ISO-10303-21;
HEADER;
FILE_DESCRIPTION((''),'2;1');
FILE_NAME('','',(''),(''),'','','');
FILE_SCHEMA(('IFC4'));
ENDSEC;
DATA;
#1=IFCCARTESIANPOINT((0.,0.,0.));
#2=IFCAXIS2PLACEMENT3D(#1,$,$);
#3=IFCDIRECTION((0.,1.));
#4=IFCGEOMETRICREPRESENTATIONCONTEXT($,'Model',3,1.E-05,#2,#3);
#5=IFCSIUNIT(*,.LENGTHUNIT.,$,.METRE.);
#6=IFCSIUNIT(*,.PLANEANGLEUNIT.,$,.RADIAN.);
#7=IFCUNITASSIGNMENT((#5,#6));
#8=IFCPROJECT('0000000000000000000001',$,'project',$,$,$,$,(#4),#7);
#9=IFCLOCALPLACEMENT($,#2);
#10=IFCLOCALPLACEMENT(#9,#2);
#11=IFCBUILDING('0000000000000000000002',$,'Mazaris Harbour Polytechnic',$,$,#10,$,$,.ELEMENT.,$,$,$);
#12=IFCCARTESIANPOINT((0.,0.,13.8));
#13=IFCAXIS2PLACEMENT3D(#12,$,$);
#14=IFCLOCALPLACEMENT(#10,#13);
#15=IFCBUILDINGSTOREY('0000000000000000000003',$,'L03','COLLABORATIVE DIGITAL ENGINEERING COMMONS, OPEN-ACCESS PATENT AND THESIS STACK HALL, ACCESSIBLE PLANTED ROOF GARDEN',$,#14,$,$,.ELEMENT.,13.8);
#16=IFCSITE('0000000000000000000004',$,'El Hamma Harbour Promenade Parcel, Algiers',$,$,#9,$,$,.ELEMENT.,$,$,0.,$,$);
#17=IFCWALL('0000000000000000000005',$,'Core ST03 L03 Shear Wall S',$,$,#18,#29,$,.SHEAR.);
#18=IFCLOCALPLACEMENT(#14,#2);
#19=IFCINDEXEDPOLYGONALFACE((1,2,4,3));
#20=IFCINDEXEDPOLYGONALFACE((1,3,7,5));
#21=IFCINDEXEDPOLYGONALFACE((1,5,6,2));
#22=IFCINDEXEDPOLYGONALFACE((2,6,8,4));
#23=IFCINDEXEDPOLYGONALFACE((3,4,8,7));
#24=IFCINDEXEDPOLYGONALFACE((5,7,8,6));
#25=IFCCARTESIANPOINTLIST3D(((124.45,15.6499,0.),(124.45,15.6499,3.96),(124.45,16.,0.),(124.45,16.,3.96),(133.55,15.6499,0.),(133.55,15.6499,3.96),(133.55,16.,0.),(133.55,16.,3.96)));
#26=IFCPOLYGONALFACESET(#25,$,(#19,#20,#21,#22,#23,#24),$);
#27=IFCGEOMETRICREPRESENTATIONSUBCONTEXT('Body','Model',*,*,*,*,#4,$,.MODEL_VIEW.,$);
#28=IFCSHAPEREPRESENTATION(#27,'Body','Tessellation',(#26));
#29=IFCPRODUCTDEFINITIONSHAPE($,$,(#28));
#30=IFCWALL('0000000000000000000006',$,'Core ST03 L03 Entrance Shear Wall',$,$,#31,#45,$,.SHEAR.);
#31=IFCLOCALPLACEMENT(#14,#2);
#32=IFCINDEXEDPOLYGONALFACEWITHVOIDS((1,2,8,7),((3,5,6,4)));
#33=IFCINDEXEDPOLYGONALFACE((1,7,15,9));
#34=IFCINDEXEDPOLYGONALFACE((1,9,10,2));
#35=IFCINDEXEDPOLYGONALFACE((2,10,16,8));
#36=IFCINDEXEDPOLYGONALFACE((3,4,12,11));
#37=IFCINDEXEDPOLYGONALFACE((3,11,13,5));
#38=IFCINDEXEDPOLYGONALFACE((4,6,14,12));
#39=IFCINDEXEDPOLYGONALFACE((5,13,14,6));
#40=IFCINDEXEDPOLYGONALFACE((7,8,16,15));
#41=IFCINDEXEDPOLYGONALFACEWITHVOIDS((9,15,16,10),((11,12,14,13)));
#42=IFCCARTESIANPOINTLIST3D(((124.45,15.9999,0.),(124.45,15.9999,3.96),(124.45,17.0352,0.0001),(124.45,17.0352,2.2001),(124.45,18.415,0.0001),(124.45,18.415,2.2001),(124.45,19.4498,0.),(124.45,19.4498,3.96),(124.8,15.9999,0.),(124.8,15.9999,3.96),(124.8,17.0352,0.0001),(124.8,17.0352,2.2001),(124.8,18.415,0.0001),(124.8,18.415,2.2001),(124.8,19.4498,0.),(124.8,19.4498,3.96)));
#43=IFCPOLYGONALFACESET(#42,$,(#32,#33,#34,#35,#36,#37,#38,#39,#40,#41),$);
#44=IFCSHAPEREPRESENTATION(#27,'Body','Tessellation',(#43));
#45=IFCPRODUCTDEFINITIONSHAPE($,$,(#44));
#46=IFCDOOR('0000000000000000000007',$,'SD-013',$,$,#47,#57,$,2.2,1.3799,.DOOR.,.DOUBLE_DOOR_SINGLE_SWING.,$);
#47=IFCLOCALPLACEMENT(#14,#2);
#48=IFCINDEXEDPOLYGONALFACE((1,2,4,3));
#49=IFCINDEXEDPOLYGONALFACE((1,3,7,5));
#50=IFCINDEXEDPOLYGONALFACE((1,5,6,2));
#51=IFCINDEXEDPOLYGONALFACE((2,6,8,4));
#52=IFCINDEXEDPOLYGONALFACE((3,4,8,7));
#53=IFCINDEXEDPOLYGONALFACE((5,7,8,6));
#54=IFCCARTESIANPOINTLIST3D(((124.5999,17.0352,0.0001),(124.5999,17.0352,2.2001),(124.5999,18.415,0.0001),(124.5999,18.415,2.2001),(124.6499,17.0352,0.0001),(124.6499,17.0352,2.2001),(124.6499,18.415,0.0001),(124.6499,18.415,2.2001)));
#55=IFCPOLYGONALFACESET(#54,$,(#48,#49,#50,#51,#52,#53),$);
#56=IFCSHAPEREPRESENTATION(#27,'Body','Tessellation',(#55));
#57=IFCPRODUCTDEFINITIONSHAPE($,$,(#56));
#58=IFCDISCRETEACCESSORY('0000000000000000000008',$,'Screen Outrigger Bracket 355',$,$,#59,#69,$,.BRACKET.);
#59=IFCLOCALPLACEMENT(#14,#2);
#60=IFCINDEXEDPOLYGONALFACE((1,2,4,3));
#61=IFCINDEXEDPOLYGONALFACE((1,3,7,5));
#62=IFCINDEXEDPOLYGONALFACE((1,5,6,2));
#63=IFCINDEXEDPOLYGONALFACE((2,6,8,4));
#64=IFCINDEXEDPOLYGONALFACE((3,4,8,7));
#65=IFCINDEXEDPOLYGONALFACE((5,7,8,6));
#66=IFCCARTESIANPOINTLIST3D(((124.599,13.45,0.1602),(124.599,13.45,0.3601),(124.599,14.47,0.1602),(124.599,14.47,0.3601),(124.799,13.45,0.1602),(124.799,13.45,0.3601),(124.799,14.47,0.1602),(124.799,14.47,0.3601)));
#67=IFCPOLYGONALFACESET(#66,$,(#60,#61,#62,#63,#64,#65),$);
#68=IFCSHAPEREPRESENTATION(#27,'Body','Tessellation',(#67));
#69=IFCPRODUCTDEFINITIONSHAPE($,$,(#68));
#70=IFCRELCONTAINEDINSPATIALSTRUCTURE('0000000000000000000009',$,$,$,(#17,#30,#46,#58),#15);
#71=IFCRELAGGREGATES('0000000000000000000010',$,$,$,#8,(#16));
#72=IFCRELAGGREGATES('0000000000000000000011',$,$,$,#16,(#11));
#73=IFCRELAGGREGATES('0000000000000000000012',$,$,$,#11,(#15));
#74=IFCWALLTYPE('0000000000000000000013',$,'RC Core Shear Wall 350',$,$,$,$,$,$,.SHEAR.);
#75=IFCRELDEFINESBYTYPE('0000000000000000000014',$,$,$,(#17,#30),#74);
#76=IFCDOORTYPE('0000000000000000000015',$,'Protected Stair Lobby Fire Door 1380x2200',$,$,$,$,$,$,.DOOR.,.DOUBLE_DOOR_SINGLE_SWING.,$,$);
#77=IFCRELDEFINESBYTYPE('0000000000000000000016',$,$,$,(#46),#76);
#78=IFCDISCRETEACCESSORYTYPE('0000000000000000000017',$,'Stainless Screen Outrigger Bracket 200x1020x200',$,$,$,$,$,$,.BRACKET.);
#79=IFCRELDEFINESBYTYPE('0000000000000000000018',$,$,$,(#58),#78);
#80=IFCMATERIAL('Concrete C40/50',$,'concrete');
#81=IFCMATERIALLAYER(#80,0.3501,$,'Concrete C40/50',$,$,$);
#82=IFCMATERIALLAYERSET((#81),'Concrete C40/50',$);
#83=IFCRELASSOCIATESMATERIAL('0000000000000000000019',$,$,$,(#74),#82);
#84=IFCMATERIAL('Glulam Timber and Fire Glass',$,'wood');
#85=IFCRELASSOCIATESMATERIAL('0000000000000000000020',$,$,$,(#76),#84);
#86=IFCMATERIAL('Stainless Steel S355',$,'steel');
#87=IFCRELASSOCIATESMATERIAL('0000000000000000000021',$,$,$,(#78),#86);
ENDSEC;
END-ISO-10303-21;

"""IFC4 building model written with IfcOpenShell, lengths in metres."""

from ifc_helpers import new_model, si_unit, direction, frame, frame_2d, origin, origin_2d, place, context, subcontext, project, spatial, rectangle, extrude, material, layer, layer_set, type_object, element, fill, save


model = new_model("IFC4")

# Units and contexts
model_context = context("Model", 3, precision=1e-05, world=origin(), true_north=direction((0.0, 1.0)))
body_context = subcontext(model_context, "Body", "Model", "MODEL_VIEW")
ifc_project = project(units=[si_unit("LENGTHUNIT", "METRE"), si_unit("PLANEANGLEUNIT", "RADIAN")], contexts=[model_context])

# Site, building, storey
site_placement = place(None, origin())
site = spatial("IfcSite", under=ifc_project, at=site_placement, Name="El Hamma Harbour Promenade Parcel, Algiers", CompositionType="ELEMENT", RefElevation=0.0)
building_placement = place(site_placement, origin())
building = spatial("IfcBuilding", under=site, at=building_placement, Name="Mazaris Harbour Polytechnic", CompositionType="ELEMENT")
storey_placement = place(building_placement, frame((0.0, 0.0, 13.8)))
storey = spatial("IfcBuildingStorey", under=building, at=storey_placement, Name="L03", Description="COLLABORATIVE DIGITAL ENGINEERING COMMONS, OPEN-ACCESS PATENT AND THESIS STACK HALL, ACCESSIBLE PLANTED ROOF GARDEN", CompositionType="ELEMENT", Elevation=13.8)

# Wall
ifc_material_1 = material(Name="Concrete C40/50", Category="concrete")
ifc_layer_1 = layer(ifc_material_1, 0.3501, Name="Concrete C40/50")
ifc_layer_set_1 = layer_set([ifc_layer_1], Name="Concrete C40/50")
wall_type = type_object("IfcWallType", Name="RC Core Shear Wall 350", PredefinedType="SHEAR", material=ifc_layer_set_1)
wall_1_placement = place(storey_placement, frame((124.45, 15.825, 0.0), z_axis=(0.0, 0.0, 1.0), x_axis=(1.0, 0.0, 0.0)))
element("IfcWall", 1, at=wall_1_placement, inside=storey, type_object=wall_type, Name="Core ST03 L03 Shear Wall S", PredefinedType="SHEAR", context=body_context, shape_type="SweptSolid", body=[
    extrude(rectangle(XDim=9.1001, YDim=0.3501, at=frame_2d((4.55, 0.0))), origin(), (0.0, 0.0, 1.0), 3.96),
])

# Wall, opening, door
wall_2_placement = place(storey_placement, frame((124.625, 19.45, 0.0), z_axis=(0.0, 0.0, 1.0), x_axis=(0.0, -1.0, 0.0)))
wall_2 = element("IfcWall", 2, at=wall_2_placement, inside=storey, type_object=wall_type, Name="Core ST03 L03 Entrance Shear Wall", PredefinedType="SHEAR", context=body_context, shape_type="SweptSolid", body=[
    extrude(rectangle(XDim=3.45, YDim=0.3501, at=frame_2d((1.7251, 0.0))), origin(), (0.0, 0.0, 1.0), 3.96),
])
opening_placement = place(wall_2_placement, frame((1.0349, 0.0, 0.0)))
opening = element("IfcOpeningElement", 3, at=opening_placement, cuts=wall_2, PredefinedType="OPENING", context=body_context, shape_type="SweptSolid", body=[
    extrude(rectangle(XDim=1.3799, YDim=2.2, at=frame_2d((0.6899, 1.1001))), frame((0.0, 0.1851, 0.0), z_axis=(0.0, -1.0, 0.0), x_axis=(1.0, 0.0, 0.0)), (0.0, 0.0, 1.0), 0.3701),
])
ifc_material_2 = material(Name="Glulam Timber and Fire Glass", Category="wood")
door_type = type_object("IfcDoorType", Name="Protected Stair Lobby Fire Door 1380x2200", OperationType="DOUBLE_DOOR_SINGLE_SWING", PredefinedType="DOOR", material=ifc_material_2)
door_placement = place(opening_placement, origin())
door = element("IfcDoor", 4, at=door_placement, inside=storey, type_object=door_type, Name="SD-013", OperationType="DOUBLE_DOOR_SINGLE_SWING", OverallHeight=2.2, OverallWidth=1.3799, PredefinedType="DOOR", context=body_context, shape_type="SweptSolid", body=[
    extrude(rectangle(XDim=1.3799, YDim=2.2, at=frame_2d((0.6899, 1.1001))), frame((0.0, 0.0249, 0.0), z_axis=(0.0, -1.0, 0.0), x_axis=(1.0, 0.0, 0.0)), (0.0, 0.0, 1.0), 0.05),
])
fill(opening, door)

# Discrete accessory
ifc_material_3 = material(Name="Stainless Steel S355", Category="steel")
discrete_accessory_type = type_object("IfcDiscreteAccessoryType", Name="Stainless Screen Outrigger Bracket 200x1020x200", PredefinedType="BRACKET", material=ifc_material_3)
discrete_accessory_placement = place(storey_placement, frame((124.699, 13.96, 0.1602), z_axis=(0.0, 0.0, 1.0), x_axis=(-1.0, 0.0, 0.0)))
element("IfcDiscreteAccessory", 5, at=discrete_accessory_placement, inside=storey, type_object=discrete_accessory_type, Name="Screen Outrigger Bracket 355", PredefinedType="BRACKET", context=body_context, shape_type="SweptSolid", body=[
    extrude(rectangle(XDim=0.2, YDim=1.02, at=origin_2d()), origin(), (0.0, 0.0, 1.0), 0.2),
])

save(model, "model.ifc")
